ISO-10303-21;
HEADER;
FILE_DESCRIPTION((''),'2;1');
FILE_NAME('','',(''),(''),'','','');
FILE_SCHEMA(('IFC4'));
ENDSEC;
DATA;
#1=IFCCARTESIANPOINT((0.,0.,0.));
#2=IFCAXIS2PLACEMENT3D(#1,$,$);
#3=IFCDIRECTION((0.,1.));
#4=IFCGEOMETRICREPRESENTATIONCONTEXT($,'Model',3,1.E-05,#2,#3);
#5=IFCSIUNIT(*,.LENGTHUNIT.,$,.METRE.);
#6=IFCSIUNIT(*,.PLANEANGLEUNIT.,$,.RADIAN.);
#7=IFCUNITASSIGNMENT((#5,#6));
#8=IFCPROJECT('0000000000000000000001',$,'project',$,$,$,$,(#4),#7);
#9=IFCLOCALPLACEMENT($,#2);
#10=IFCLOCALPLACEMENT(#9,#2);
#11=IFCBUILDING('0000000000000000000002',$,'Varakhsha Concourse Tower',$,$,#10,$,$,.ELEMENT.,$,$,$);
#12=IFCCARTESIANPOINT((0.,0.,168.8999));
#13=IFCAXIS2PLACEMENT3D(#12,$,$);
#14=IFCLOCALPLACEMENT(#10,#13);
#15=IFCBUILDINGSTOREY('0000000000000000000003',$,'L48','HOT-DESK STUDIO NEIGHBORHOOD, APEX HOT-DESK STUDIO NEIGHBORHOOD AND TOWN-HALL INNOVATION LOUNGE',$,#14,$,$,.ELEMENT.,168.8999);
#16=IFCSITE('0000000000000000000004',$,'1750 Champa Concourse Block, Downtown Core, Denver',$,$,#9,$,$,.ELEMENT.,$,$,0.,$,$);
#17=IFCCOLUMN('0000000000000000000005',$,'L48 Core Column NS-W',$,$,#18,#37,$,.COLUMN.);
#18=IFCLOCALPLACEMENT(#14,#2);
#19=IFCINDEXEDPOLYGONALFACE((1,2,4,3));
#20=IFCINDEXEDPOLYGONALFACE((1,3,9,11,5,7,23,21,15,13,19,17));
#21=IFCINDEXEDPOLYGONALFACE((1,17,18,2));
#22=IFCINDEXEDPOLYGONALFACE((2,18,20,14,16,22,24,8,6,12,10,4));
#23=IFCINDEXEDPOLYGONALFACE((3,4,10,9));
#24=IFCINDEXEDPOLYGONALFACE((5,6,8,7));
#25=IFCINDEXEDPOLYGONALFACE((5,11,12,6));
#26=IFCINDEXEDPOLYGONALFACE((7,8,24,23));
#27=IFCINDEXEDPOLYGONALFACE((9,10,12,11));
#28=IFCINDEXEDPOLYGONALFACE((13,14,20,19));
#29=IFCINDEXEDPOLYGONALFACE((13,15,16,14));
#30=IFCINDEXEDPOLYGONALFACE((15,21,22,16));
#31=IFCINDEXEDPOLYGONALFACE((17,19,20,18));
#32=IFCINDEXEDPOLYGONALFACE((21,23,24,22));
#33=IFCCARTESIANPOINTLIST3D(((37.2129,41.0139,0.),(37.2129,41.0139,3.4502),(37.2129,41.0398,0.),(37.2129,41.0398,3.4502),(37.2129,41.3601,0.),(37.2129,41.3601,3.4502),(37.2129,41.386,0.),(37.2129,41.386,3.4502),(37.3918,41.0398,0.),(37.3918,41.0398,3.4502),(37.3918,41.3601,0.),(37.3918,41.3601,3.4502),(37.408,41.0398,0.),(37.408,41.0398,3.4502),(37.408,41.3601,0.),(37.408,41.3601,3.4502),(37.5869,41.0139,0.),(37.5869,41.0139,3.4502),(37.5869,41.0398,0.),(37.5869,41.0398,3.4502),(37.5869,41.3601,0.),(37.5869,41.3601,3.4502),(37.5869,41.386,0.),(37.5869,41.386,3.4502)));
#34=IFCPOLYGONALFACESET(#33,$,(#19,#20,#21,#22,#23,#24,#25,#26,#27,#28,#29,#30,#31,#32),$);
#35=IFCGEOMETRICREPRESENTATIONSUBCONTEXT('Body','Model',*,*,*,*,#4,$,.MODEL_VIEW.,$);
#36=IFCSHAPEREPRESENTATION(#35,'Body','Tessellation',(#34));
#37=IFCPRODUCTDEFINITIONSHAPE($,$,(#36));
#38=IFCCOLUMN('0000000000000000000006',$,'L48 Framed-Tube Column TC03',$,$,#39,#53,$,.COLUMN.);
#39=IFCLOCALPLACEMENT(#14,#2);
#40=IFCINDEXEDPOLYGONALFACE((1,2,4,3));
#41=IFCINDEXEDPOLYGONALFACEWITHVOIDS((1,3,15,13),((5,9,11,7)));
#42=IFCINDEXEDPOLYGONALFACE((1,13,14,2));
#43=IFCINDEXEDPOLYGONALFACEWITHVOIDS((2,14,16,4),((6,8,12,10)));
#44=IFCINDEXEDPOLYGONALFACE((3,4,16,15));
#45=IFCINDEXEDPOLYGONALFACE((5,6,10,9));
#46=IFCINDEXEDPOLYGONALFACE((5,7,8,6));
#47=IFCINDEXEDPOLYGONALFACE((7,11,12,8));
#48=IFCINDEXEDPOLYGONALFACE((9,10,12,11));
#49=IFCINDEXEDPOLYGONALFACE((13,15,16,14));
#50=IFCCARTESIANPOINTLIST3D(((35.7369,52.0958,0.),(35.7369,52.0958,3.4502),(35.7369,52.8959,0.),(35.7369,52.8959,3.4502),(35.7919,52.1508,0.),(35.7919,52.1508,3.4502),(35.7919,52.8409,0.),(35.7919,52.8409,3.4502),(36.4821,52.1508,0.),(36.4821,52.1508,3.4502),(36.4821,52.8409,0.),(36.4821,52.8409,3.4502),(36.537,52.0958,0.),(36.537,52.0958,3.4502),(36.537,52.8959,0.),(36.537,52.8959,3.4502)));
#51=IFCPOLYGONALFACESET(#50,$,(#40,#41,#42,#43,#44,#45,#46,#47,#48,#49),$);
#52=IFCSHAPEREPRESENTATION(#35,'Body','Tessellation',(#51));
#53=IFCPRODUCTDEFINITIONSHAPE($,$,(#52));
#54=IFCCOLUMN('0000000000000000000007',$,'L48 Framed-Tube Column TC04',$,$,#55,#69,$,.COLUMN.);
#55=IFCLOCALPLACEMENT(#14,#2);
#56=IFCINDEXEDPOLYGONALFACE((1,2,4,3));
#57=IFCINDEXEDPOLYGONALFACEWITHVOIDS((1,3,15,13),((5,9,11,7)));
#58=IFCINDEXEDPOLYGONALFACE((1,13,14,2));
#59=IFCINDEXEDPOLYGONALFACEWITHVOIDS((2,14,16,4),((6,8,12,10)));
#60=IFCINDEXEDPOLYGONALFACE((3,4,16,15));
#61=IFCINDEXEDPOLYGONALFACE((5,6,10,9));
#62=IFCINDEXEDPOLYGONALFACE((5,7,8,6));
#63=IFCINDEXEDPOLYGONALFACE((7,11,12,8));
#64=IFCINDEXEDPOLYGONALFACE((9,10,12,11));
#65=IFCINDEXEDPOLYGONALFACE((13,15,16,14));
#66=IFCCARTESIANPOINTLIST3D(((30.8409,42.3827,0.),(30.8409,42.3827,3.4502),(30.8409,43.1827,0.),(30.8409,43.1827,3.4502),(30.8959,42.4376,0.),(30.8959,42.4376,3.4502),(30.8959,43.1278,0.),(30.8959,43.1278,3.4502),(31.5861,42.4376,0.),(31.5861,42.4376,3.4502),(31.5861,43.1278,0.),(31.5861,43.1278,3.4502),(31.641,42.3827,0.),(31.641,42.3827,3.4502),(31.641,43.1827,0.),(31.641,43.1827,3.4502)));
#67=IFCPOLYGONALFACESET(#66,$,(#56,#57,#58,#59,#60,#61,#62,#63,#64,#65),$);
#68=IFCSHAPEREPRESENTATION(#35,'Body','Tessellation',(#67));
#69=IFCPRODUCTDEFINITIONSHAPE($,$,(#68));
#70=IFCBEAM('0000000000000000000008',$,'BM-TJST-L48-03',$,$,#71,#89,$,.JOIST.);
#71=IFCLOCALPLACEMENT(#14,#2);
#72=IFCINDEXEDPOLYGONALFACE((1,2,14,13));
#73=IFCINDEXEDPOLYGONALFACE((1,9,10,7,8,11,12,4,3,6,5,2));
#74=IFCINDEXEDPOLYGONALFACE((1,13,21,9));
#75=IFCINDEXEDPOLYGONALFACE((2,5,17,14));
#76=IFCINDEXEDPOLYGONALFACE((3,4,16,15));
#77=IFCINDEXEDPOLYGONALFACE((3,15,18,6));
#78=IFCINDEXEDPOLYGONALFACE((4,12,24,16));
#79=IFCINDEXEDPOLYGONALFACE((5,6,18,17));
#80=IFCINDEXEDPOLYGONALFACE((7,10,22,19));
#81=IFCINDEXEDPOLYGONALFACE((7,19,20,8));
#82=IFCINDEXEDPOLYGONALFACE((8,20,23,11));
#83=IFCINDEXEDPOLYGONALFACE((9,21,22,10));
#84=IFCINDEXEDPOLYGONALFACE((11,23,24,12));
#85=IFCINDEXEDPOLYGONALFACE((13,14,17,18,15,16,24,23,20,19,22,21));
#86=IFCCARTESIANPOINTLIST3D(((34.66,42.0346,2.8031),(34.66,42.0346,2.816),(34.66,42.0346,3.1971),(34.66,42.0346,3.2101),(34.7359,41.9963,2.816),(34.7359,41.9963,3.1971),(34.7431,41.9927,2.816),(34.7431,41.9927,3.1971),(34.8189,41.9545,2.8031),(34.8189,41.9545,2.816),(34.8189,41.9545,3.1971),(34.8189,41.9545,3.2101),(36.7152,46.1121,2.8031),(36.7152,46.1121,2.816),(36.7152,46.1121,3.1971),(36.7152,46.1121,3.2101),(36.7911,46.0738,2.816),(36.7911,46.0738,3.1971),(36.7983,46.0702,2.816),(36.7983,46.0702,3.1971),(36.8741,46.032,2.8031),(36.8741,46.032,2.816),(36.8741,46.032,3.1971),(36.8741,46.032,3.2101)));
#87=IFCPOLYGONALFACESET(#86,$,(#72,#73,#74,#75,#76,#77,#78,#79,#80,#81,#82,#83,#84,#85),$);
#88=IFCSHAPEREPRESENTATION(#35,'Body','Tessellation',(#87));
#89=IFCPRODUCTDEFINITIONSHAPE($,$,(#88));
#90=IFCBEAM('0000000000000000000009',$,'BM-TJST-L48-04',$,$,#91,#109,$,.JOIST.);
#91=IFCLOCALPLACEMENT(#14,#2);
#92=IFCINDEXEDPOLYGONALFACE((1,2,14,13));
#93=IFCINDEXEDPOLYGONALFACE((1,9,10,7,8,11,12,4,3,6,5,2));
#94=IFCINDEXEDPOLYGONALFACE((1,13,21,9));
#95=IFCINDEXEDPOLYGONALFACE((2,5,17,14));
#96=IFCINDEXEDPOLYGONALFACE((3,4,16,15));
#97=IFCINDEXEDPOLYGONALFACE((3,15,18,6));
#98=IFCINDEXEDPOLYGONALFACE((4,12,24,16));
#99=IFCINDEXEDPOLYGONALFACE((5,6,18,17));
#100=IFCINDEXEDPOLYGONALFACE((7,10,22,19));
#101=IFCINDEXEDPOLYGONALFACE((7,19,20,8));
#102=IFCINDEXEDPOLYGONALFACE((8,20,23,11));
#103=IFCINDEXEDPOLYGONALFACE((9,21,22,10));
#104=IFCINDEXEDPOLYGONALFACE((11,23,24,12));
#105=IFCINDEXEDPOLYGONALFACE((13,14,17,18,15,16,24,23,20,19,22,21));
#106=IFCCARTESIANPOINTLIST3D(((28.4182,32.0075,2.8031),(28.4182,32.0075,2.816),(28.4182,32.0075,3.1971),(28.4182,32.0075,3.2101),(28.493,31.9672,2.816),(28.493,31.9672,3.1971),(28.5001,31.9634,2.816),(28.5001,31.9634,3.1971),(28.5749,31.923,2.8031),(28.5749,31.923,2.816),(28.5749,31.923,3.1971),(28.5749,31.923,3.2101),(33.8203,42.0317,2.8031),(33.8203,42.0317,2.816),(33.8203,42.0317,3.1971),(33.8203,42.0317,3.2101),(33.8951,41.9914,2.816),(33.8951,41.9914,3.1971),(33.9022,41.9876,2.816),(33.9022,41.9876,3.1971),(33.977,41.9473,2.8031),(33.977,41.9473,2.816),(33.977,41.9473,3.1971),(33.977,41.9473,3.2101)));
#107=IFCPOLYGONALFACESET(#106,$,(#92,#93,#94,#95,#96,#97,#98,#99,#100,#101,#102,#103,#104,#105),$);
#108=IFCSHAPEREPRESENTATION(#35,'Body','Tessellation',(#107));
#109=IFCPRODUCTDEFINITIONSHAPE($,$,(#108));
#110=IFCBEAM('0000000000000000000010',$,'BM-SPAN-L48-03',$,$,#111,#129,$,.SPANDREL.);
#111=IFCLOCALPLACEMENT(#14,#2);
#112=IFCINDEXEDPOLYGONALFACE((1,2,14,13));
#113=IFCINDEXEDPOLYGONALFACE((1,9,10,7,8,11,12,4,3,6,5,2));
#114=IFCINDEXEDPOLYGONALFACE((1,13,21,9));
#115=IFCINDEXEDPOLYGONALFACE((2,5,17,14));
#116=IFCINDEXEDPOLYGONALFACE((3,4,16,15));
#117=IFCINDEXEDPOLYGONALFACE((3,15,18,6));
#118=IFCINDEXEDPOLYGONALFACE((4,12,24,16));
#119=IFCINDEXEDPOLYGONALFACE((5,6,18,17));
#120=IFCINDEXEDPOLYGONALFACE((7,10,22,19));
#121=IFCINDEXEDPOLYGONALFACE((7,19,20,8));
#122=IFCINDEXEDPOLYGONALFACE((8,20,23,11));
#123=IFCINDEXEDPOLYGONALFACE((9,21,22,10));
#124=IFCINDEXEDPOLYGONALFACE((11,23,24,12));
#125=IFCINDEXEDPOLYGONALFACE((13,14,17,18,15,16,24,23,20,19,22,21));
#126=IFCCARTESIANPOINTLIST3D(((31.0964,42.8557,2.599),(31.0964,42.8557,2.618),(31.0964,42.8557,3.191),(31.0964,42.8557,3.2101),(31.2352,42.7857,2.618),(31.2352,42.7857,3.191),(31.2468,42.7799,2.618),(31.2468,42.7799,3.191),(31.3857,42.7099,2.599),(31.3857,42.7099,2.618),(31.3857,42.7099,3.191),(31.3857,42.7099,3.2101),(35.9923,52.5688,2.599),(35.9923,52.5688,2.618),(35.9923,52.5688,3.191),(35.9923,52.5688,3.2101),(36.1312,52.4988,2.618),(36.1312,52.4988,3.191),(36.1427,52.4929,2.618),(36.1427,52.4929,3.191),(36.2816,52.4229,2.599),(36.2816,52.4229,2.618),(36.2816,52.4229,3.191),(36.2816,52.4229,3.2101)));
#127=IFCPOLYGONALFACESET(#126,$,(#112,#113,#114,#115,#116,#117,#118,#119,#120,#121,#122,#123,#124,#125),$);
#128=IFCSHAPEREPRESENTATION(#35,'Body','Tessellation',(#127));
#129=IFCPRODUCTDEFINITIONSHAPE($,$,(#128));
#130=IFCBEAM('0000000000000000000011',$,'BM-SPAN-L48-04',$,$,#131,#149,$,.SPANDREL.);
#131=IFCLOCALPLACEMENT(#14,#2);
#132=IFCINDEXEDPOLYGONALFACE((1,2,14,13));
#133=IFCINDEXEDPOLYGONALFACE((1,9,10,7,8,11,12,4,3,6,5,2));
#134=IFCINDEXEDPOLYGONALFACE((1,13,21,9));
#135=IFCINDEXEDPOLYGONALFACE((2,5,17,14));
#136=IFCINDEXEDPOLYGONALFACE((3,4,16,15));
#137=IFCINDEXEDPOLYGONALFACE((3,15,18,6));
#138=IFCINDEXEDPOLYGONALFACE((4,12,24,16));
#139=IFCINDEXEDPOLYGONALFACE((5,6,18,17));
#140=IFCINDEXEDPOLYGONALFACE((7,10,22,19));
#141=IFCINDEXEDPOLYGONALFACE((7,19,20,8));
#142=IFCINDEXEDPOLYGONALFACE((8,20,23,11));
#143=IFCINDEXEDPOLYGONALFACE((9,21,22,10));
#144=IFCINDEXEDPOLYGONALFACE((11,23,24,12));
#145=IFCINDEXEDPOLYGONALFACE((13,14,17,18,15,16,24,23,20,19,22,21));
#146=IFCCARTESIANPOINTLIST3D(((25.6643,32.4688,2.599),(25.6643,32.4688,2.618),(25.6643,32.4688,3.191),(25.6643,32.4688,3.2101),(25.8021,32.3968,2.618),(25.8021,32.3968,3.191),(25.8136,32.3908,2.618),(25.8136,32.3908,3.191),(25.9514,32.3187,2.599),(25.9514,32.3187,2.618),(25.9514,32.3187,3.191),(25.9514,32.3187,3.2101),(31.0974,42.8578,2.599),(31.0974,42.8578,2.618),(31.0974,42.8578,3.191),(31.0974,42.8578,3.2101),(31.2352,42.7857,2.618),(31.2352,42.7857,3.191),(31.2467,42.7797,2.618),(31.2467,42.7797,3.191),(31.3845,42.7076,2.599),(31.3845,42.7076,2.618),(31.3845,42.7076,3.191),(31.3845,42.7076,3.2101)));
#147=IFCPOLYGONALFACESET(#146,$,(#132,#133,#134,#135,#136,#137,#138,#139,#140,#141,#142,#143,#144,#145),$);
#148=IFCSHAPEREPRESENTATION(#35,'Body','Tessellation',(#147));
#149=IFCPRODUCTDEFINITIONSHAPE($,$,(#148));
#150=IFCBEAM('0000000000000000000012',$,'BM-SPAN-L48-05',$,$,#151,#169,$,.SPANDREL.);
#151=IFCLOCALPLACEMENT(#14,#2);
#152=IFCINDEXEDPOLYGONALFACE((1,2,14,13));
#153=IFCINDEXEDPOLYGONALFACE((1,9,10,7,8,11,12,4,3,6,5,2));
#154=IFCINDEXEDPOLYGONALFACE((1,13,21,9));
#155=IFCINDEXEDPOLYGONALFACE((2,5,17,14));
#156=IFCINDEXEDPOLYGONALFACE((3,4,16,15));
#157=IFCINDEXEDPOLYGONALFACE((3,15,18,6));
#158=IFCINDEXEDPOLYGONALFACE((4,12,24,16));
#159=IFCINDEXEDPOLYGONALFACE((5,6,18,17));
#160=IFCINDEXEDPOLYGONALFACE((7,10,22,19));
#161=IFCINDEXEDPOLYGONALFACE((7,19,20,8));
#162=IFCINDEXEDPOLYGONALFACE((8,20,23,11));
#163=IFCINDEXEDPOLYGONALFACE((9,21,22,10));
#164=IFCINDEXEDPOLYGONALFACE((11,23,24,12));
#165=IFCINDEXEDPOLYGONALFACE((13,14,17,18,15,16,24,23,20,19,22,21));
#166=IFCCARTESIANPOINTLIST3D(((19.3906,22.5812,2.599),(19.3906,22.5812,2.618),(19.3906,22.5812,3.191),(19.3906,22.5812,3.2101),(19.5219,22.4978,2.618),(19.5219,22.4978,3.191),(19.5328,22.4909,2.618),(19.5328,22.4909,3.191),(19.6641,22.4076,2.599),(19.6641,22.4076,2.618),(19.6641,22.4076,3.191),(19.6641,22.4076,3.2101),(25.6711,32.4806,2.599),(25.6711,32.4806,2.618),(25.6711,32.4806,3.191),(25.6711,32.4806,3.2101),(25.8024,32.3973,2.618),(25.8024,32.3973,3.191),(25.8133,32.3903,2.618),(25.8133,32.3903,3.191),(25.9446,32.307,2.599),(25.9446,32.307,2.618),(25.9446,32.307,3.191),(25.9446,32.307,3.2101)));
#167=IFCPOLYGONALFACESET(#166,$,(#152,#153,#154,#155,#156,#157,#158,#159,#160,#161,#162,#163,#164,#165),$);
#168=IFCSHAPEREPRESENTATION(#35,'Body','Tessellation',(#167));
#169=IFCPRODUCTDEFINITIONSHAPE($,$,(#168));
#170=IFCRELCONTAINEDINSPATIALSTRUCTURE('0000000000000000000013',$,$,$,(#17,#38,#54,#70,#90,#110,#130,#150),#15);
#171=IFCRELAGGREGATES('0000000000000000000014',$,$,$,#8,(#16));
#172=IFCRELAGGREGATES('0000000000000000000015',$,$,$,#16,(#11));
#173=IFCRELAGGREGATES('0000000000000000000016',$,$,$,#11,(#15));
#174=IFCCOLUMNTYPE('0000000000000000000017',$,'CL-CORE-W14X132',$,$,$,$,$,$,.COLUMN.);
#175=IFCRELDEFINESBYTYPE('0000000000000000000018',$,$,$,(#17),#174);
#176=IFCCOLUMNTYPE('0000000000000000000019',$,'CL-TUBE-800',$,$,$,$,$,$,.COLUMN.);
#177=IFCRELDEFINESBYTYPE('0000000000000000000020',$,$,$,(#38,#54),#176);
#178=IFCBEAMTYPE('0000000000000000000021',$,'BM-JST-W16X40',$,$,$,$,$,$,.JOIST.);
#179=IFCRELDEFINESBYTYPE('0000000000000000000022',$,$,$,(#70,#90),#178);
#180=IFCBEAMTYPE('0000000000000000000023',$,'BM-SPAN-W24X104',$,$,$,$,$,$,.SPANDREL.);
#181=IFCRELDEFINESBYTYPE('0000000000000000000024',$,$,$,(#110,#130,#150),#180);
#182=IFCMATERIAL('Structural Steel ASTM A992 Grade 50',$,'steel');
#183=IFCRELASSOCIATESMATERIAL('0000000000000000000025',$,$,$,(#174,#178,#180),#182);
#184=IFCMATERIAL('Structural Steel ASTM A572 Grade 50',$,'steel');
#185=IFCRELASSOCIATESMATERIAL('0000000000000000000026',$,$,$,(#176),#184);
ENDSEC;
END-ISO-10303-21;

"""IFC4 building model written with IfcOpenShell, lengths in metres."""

from ifc_helpers import new_model, si_unit, direction, frame, origin, origin_2d, place, context, subcontext, project, spatial, hollow_rectangle, i_section, extrude, material, material_profile, profile_set, type_object, element, save


model = new_model("IFC4")

# Units and contexts
model_context = context("Model", 3, precision=1e-05, world=origin(), true_north=direction((0.0, 1.0)))
body_context = subcontext(model_context, "Body", "Model", "MODEL_VIEW")
ifc_project = project(units=[si_unit("LENGTHUNIT", "METRE"), si_unit("PLANEANGLEUNIT", "RADIAN")], contexts=[model_context])

# Site, building, storey
site_placement = place(None, origin())
site = spatial("IfcSite", under=ifc_project, at=site_placement, Name="1750 Champa Concourse Block, Downtown Core, Denver", CompositionType="ELEMENT", RefElevation=0.0)
building_placement = place(site_placement, origin())
building = spatial("IfcBuilding", under=site, at=building_placement, Name="Varakhsha Concourse Tower", CompositionType="ELEMENT")
storey_placement = place(building_placement, frame((0.0, 0.0, 168.8999)))
storey = spatial("IfcBuildingStorey", under=building, at=storey_placement, Name="L48", Description="HOT-DESK STUDIO NEIGHBORHOOD, APEX HOT-DESK STUDIO NEIGHBORHOOD AND TOWN-HALL INNOVATION LOUNGE", CompositionType="ELEMENT", Elevation=168.8999)

# Columns
ifc_material_1 = material(Name="Structural Steel ASTM A992 Grade 50", Category="steel")
ifc_material_profile_1 = material_profile(ifc_material_1, i_section(OverallWidth=0.374, OverallDepth=0.3721, WebThickness=0.0161, FlangeThickness=0.0259, at=origin_2d()), Name="W14X132")
ifc_profile_set_1 = profile_set([ifc_material_profile_1], Name="Structural Steel ASTM A992 Grade 50")
column_type_1 = type_object("IfcColumnType", Name="CL-CORE-W14X132", PredefinedType="COLUMN", material=ifc_profile_set_1)
column_placement = place(storey_placement, frame((37.3999, 41.2, 0.0), z_axis=(0.0, 0.0, 1.0), x_axis=(1.0, 0.0, 0.0)))
element("IfcColumn", 1, at=column_placement, inside=storey, type_object=column_type_1, Name="L48 Core Column NS-W", PredefinedType="COLUMN", context=body_context, shape_type="SweptSolid", body=[
    extrude(i_section(OverallWidth=0.374, OverallDepth=0.3721, WebThickness=0.0161, FlangeThickness=0.0259, at=origin_2d()), origin(), (0.0, 0.0, 1.0), 3.4502),
])
ifc_material_2 = material(Name="Structural Steel ASTM A572 Grade 50", Category="steel")
ifc_material_profile_2 = material_profile(ifc_material_2, hollow_rectangle(XDim=0.8, YDim=0.8, WallThickness=0.0549, at=origin_2d()), Name="BOX 800x800x55")
ifc_profile_set_2 = profile_set([ifc_material_profile_2], Name="Structural Steel ASTM A572 Grade 50")
column_type_2 = type_object("IfcColumnType", Name="CL-TUBE-800", PredefinedType="COLUMN", material=ifc_profile_set_2)
for number, where, z_axis, x_axis, name in (
    (2, (36.137, 52.4958, 0.0), (0.0, 0.0, 1.0), (1.0, 0.0, 0.0), "L48 Framed-Tube Column TC03"),
    (3, (31.241, 42.7827, 0.0), (0.0, 0.0, 1.0), (1.0, 0.0, 0.0), "L48 Framed-Tube Column TC04"),
):
    element("IfcColumn", number, at=place(storey_placement, frame(where, z_axis=z_axis, x_axis=x_axis)), inside=storey, type_object=column_type_2, Name=name, PredefinedType="COLUMN", context=body_context, shape_type="SweptSolid", body=[
        extrude(hollow_rectangle(XDim=0.8, YDim=0.8, WallThickness=0.0549, at=origin_2d()), origin(), (0.0, 0.0, 1.0), 3.4502),
    ])

# Beams
ifc_material_profile_3 = material_profile(ifc_material_1, i_section(OverallWidth=0.178, OverallDepth=0.407, WebThickness=0.0081, FlangeThickness=0.0129, at=origin_2d()), Name="W16X40")
ifc_profile_set_3 = profile_set([ifc_material_profile_3], Name="Structural Steel ASTM A992 Grade 50")
beam_type_1 = type_object("IfcBeamType", Name="BM-JST-W16X40", PredefinedType="JOIST", material=ifc_profile_set_3)
beam_1_placement = place(storey_placement, frame((36.7947, 46.072, 3.0066), z_axis=(-0.450099, -0.892979, 0.0), x_axis=(0.892979, -0.450099, 0.0)))
element("IfcBeam", 4, at=beam_1_placement, inside=storey, type_object=beam_type_1, Name="BM-TJST-L48-03", PredefinedType="JOIST", context=body_context, shape_type="SweptSolid", body=[
    extrude(i_section(OverallWidth=0.178, OverallDepth=0.407, WebThickness=0.0081, FlangeThickness=0.0129, at=origin_2d()), origin(), (0.0, 0.0, 1.0), 4.5662),
])
beam_2_placement = place(storey_placement, frame((33.8987, 41.9895, 3.0066), z_axis=(-0.474404, -0.880307, 0.0), x_axis=(0.880307, -0.474404, 0.0)))
element("IfcBeam", 5, at=beam_2_placement, inside=storey, type_object=beam_type_1, Name="BM-TJST-L48-04", PredefinedType="JOIST", context=body_context, shape_type="SweptSolid", body=[
    extrude(i_section(OverallWidth=0.178, OverallDepth=0.407, WebThickness=0.0081, FlangeThickness=0.0129, at=origin_2d()), origin(), (0.0, 0.0, 1.0), 11.3872),
])
ifc_material_profile_4 = material_profile(ifc_material_1, i_section(OverallWidth=0.324, OverallDepth=0.6111, WebThickness=0.0129, FlangeThickness=0.019, at=origin_2d()), Name="W24X104")
ifc_profile_set_4 = profile_set([ifc_material_profile_4], Name="Structural Steel ASTM A992 Grade 50")
beam_type_2 = type_object("IfcBeamType", Name="BM-SPAN-W24X104", PredefinedType="SPANDREL", material=ifc_profile_set_4)
beam_3_placement = place(storey_placement, frame((36.137, 52.4958, 2.9045), z_axis=(-0.450111, -0.892973, 0.0), x_axis=(0.892973, -0.450111, 0.0)))
element("IfcBeam", 6, at=beam_3_placement, inside=storey, type_object=beam_type_2, Name="BM-SPAN-L48-03", PredefinedType="SPANDREL", context=body_context, shape_type="SweptSolid", body=[
    extrude(i_section(OverallWidth=0.324, OverallDepth=0.6111, WebThickness=0.0129, FlangeThickness=0.019, at=origin_2d()), origin(), (0.0, 0.0, 1.0), 10.8772),
])
beam_4_placement = place(storey_placement, frame((31.241, 42.7827, 2.9045), z_axis=(-0.463424, -0.886137, 0.0), x_axis=(0.886137, -0.463424, 0.0)))
element("IfcBeam", 7, at=beam_4_placement, inside=storey, type_object=beam_type_2, Name="BM-SPAN-L48-04", PredefinedType="SPANDREL", context=body_context, shape_type="SweptSolid", body=[
    extrude(i_section(OverallWidth=0.324, OverallDepth=0.6111, WebThickness=0.0129, FlangeThickness=0.019, at=origin_2d()), origin(), (0.0, 0.0, 1.0), 11.7239),
])
beam_5_placement = place(storey_placement, frame((25.8079, 32.3938, 2.9045), z_axis=(-0.535715, -0.844399, 0.0), x_axis=(0.844399, -0.535715, 0.0)))
element("IfcBeam", 8, at=beam_5_placement, inside=storey, type_object=beam_type_2, Name="BM-SPAN-L48-05", PredefinedType="SPANDREL", context=body_context, shape_type="SweptSolid", body=[
    extrude(i_section(OverallWidth=0.324, OverallDepth=0.6111, WebThickness=0.0129, FlangeThickness=0.019, at=origin_2d()), origin(), (0.0, 0.0, 1.0), 11.7236),
])

save(model, "model.ifc")
